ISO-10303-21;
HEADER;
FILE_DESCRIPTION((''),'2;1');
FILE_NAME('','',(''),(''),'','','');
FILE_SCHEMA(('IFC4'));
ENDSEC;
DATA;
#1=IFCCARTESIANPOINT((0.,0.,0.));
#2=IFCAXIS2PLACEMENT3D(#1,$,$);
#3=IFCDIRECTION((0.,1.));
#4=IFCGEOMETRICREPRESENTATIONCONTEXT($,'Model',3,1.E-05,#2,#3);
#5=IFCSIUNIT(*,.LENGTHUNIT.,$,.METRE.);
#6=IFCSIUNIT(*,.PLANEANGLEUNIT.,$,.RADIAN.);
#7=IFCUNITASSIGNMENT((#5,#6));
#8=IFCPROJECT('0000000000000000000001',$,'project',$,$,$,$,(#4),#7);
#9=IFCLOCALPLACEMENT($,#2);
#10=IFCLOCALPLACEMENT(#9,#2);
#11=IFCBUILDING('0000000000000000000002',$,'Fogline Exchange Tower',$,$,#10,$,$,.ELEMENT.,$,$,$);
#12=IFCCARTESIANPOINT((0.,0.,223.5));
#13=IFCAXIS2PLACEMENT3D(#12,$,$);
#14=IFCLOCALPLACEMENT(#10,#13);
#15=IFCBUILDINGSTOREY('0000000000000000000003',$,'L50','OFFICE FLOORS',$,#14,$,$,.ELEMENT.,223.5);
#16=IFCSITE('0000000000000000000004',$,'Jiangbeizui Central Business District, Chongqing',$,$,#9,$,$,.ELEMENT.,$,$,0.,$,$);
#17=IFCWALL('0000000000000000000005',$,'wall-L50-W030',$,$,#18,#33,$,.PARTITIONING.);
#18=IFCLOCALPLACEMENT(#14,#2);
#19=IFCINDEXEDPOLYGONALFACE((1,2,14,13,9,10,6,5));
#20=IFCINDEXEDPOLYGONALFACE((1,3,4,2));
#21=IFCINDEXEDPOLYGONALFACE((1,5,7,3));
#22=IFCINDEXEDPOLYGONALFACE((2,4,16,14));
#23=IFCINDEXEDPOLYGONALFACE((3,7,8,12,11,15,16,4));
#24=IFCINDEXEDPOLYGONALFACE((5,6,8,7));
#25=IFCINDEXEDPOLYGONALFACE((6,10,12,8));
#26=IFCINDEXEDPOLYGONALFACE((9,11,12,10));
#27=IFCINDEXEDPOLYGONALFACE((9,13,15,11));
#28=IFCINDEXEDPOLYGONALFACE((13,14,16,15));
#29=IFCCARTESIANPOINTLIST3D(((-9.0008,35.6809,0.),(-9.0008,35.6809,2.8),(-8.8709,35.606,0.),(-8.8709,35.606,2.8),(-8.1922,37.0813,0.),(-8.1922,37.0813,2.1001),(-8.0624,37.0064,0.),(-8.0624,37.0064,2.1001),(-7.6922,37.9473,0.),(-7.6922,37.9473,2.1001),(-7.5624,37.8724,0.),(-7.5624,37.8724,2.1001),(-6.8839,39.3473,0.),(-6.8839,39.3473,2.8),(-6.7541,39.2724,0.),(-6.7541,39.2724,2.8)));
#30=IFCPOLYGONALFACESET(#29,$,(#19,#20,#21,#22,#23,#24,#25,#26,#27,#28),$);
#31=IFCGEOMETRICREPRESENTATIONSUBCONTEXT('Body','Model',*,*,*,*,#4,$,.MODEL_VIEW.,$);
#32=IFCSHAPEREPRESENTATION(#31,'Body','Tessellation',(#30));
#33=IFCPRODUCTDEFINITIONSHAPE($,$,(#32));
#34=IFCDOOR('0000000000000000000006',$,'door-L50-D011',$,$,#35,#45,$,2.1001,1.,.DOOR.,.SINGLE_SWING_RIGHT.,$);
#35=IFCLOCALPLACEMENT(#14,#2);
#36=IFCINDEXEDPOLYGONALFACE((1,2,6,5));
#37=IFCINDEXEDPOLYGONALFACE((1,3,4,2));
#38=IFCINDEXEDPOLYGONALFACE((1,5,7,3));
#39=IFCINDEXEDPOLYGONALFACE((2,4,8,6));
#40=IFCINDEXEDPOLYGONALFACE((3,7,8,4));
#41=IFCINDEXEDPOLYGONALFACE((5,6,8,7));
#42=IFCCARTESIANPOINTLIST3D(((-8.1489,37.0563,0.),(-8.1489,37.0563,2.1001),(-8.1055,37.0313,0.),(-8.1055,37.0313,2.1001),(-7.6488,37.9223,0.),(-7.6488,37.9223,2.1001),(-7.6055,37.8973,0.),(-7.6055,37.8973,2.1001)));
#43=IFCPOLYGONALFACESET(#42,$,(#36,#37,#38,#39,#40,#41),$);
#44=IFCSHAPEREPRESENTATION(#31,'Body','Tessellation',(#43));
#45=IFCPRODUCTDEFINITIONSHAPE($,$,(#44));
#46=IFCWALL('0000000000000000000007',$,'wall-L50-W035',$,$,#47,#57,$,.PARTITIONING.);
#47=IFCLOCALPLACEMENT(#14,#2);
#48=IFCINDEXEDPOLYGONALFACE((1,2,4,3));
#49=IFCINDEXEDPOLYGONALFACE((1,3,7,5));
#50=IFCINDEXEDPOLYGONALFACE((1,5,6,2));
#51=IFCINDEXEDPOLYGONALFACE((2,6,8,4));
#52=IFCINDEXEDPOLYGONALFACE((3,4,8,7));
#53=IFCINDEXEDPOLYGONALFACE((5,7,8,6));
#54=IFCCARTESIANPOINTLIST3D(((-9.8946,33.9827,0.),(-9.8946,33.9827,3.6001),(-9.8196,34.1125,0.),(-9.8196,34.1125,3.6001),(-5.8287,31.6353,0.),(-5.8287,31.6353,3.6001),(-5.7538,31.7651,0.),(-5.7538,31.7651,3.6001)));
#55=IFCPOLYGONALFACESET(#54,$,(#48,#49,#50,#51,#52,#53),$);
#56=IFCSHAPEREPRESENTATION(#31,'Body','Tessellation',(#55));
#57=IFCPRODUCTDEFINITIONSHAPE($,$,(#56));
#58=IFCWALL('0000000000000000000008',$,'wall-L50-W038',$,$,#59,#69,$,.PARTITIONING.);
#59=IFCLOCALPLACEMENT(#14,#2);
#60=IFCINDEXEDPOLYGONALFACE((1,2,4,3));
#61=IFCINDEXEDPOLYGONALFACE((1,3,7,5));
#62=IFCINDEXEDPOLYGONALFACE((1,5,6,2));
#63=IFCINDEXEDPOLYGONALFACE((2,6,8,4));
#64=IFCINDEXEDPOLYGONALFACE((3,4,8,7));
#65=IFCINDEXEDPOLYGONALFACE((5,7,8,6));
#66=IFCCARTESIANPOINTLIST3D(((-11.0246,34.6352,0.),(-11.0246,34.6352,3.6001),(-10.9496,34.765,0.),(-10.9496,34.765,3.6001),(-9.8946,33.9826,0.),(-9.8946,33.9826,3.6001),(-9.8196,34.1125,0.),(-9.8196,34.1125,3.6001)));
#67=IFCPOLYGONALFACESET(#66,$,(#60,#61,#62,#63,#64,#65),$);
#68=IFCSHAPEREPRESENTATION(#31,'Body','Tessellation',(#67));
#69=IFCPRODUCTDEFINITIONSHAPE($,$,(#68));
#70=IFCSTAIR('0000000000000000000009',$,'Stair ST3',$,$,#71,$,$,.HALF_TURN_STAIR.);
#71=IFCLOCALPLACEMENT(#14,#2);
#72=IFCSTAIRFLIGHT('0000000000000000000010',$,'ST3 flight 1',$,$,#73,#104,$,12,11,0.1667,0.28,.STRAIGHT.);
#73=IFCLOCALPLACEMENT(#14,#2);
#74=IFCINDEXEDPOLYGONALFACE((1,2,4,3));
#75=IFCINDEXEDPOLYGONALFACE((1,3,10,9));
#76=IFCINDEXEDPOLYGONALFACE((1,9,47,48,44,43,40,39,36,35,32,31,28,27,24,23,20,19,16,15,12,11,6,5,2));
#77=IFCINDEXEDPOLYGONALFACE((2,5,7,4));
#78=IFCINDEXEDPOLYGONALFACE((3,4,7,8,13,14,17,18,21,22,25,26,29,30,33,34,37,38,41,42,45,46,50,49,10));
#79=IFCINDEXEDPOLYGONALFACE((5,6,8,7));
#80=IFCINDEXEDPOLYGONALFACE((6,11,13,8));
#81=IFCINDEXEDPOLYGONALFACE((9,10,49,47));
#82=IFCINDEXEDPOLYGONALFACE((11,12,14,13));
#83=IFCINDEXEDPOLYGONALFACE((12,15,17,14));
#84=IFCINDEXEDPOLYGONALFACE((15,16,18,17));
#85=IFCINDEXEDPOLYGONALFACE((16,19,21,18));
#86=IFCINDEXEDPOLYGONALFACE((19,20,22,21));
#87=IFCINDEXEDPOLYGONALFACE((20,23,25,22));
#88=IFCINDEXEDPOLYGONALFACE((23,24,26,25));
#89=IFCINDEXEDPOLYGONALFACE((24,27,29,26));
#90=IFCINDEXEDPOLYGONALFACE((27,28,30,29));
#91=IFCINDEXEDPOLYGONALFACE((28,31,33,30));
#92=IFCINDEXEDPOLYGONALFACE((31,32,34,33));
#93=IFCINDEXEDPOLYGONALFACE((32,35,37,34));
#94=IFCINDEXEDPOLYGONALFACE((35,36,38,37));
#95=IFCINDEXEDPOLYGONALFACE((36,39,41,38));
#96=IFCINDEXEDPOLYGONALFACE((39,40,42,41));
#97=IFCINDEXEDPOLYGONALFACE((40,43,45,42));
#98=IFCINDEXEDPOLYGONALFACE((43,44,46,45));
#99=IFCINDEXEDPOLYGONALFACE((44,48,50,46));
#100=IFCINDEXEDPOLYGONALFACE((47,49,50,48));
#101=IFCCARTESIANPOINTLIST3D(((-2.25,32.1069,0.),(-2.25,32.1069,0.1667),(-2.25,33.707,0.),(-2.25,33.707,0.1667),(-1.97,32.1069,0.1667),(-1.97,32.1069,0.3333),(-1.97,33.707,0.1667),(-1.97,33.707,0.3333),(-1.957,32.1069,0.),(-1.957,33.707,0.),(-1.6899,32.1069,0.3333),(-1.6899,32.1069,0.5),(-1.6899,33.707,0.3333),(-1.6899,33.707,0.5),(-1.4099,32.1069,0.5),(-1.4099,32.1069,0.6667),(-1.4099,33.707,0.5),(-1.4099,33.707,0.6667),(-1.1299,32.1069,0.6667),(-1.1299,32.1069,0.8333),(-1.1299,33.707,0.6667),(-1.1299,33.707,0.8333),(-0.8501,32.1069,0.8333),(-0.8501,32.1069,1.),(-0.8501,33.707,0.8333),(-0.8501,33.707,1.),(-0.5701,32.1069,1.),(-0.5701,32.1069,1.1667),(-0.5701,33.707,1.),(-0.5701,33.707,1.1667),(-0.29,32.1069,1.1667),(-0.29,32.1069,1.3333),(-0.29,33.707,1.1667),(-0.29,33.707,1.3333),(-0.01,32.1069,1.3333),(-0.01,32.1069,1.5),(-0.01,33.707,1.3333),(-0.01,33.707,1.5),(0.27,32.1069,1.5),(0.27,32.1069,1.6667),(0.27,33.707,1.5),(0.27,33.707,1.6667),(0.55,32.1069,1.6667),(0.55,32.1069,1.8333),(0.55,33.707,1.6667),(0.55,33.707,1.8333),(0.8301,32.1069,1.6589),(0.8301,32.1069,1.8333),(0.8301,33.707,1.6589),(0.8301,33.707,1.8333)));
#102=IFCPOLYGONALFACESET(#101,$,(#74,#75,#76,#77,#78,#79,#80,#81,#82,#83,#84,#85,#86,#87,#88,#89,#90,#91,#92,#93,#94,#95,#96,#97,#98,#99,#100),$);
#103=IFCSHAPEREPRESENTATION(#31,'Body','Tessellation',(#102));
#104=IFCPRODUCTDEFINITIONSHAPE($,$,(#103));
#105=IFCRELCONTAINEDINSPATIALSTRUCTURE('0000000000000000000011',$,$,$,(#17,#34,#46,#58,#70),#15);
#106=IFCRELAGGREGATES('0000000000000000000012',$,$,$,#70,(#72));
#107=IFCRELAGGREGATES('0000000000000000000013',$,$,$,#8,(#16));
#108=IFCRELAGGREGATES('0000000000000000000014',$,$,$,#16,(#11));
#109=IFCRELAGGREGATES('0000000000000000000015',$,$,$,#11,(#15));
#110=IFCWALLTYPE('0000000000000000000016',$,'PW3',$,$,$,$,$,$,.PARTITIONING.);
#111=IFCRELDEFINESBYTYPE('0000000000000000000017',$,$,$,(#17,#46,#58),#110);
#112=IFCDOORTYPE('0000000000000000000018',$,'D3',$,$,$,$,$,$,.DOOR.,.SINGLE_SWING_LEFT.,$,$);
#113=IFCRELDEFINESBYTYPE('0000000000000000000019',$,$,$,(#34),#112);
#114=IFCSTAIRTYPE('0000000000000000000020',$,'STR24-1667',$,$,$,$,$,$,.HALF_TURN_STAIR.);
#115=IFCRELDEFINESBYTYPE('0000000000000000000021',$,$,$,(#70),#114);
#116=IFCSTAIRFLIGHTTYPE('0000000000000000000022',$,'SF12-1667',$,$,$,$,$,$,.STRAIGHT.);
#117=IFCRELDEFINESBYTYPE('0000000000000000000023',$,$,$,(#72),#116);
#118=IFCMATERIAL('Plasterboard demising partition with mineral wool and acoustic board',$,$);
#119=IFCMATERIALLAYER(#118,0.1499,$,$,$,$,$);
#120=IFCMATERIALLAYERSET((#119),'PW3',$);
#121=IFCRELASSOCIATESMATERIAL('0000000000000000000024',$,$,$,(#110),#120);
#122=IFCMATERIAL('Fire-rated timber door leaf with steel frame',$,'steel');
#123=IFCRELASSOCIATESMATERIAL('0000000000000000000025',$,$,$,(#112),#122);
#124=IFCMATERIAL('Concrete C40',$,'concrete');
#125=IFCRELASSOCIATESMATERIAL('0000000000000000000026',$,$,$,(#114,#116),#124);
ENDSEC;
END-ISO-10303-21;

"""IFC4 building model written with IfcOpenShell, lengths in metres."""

from ifc_helpers import new_model, si_unit, direction, frame, frame_2d, origin, place, context, subcontext, project, spatial, polyline, rectangle, outline, extrude, material, layer, layer_set, type_object, element, fill, aggregate, save


model = new_model("IFC4")

# Units and contexts
model_context = context("Model", 3, precision=1e-05, world=origin(), true_north=direction((0.0, 1.0)))
body_context = subcontext(model_context, "Body", "Model", "MODEL_VIEW")
ifc_project = project(units=[si_unit("LENGTHUNIT", "METRE"), si_unit("PLANEANGLEUNIT", "RADIAN")], contexts=[model_context])

# Site, building, storey
site_placement = place(None, origin())
site = spatial("IfcSite", under=ifc_project, at=site_placement, Name="Jiangbeizui Central Business District, Chongqing", CompositionType="ELEMENT", RefElevation=0.0)
building_placement = place(site_placement, origin())
building = spatial("IfcBuilding", under=site, at=building_placement, Name="Fogline Exchange Tower", CompositionType="ELEMENT")
storey_placement = place(building_placement, frame((0.0, 0.0, 223.5)))
storey = spatial("IfcBuildingStorey", under=building, at=storey_placement, Name="L50", Description="OFFICE FLOORS", CompositionType="ELEMENT", Elevation=223.5)

# Shared definitions
ifc_material_1 = material(Name="Concrete C40", Category="concrete")

# Shared definitions
ifc_material_2 = material(Name="Plasterboard demising partition with mineral wool and acoustic board")
ifc_layer_1 = layer(ifc_material_2, 0.1499)
ifc_layer_set_1 = layer_set([ifc_layer_1], Name="PW3")
wall_type_1 = type_object("IfcWallType", Name="PW3", PredefinedType="PARTITIONING", material=ifc_layer_set_1)

# Wall, opening, door
wall_1_placement = place(storey_placement, frame((-8.9358, 35.6436, 0.0), z_axis=(0.0, 0.0, 1.0), x_axis=(0.500015, 0.866017, 0.0)))
wall_1 = element("IfcWall", 1, at=wall_1_placement, inside=storey, type_object=wall_type_1, Name="wall-L50-W030", PredefinedType="PARTITIONING", context=body_context, shape_type="SweptSolid", body=[
    extrude(rectangle(XDim=4.2336, YDim=0.1499, at=frame_2d((2.1167, 0.0))), origin(), (0.0, 0.0, 1.0), 2.8),
])
opening_1_placement = place(wall_1_placement, frame((1.6169, 0.0, 0.0)))
opening_1 = element("IfcOpeningElement", 2, at=opening_1_placement, cuts=wall_1, PredefinedType="OPENING", context=body_context, shape_type="SweptSolid", body=[
    extrude(rectangle(XDim=1.0, YDim=2.1001, at=frame_2d((0.5, 1.05))), frame((0.0, 0.085, 0.0), z_axis=(0.0, -1.0, 0.0), x_axis=(1.0, 0.0, 0.0)), (0.0, 0.0, 1.0), 0.1699),
])
ifc_material_3 = material(Name="Fire-rated timber door leaf with steel frame", Category="steel")
door_type_1 = type_object("IfcDoorType", Name="D3", OperationType="SINGLE_SWING_LEFT", PredefinedType="DOOR", material=ifc_material_3)
door_1_placement = place(opening_1_placement, origin())
door_1 = element("IfcDoor", 3, at=door_1_placement, inside=storey, type_object=door_type_1, Name="door-L50-D011", OperationType="SINGLE_SWING_RIGHT", OverallHeight=2.1001, OverallWidth=1.0, PredefinedType="DOOR", context=body_context, shape_type="SweptSolid", body=[
    extrude(rectangle(XDim=1.0, YDim=2.1001, at=frame_2d((0.5, 1.05))), frame((0.0, 0.0249, 0.0), z_axis=(0.0, -1.0, 0.0), x_axis=(1.0, 0.0, 0.0)), (0.0, 0.0, 1.0), 0.05),
])
fill(opening_1, door_1)

# Walls
wall_2_placement = place(storey_placement, frame((-5.7913, 31.7002, 0.0), z_axis=(0.0, 0.0, 1.0), x_axis=(-0.86603, 0.499993, 0.0)))
element("IfcWall", 4, at=wall_2_placement, inside=storey, type_object=wall_type_1, Name="wall-L50-W035", PredefinedType="PARTITIONING", context=body_context, shape_type="SweptSolid", body=[
    extrude(rectangle(XDim=4.6948, YDim=0.1499, at=frame_2d((2.3474, 0.0))), origin(), (0.0, 0.0, 1.0), 3.6001),
])
wall_3_placement = place(storey_placement, frame((-9.8572, 34.0476, 0.0), z_axis=(0.0, 0.0, 1.0), x_axis=(-0.865989, 0.500063, 0.0)))
element("IfcWall", 5, at=wall_3_placement, inside=storey, type_object=wall_type_1, Name="wall-L50-W038", PredefinedType="PARTITIONING", context=body_context, shape_type="SweptSolid", body=[
    extrude(rectangle(XDim=1.3049, YDim=0.1499, at=frame_2d((0.6523, 0.0))), origin(), (0.0, 0.0, 1.0), 3.6001),
])

# Stair, stair flight
stair_type = type_object("IfcStairType", Name="STR24-1667", PredefinedType="HALF_TURN_STAIR", material=ifc_material_1)
stair_placement = place(storey_placement, origin())
stair = element("IfcStair", 6, at=stair_placement, inside=storey, type_object=stair_type, Name="Stair ST3", PredefinedType="HALF_TURN_STAIR")
stair_flight_type = type_object("IfcStairFlightType", Name="SF12-1667", PredefinedType="STRAIGHT", material=ifc_material_1)
stair_flight_placement = place(storey_placement, frame((-2.25, 32.907, 0.0), z_axis=(0.0, 0.0, 1.0), x_axis=(1.0, 0.0, 0.0)))
stair_flight = element("IfcStairFlight", 7, at=stair_flight_placement, type_object=stair_flight_type, Name="ST3 flight 1", NumberOfRisers=12, NumberOfTreads=11, PredefinedType="STRAIGHT", RiserHeight=0.1667, TreadLength=0.28, context=body_context, shape_type="SweptSolid", body=[
    extrude(outline(polyline([(0.0, 0.0), (0.0, 0.1667), (0.28, 0.1667), (0.28, 0.3333), (0.5601, 0.3333), (0.5601, 0.5), (0.8401, 0.5), (0.8401, 0.6667), (1.1201, 0.6667), (1.1201, 0.8333), (1.3999, 0.8333), (1.3999, 1.0), (1.6799, 1.0), (1.6799, 1.1667), (1.96, 1.1667), (1.96, 1.3333), (2.24, 1.3333), (2.24, 1.5), (2.52, 1.5), (2.52, 1.6667), (2.8, 1.6667), (2.8, 1.8333), (3.0801, 1.8333), (3.0801, 2.0), (3.0801, 1.6589), (0.293, 0.0), (0.0, 0.0)])), frame((0.0, 0.8, 0.0), z_axis=(0.0, -1.0, 0.0), x_axis=(1.0, 0.0, 0.0)), (0.0, 0.0, 1.0), 1.6001),
])
aggregate(stair, [stair_flight])

save(model, "model.ifc")
